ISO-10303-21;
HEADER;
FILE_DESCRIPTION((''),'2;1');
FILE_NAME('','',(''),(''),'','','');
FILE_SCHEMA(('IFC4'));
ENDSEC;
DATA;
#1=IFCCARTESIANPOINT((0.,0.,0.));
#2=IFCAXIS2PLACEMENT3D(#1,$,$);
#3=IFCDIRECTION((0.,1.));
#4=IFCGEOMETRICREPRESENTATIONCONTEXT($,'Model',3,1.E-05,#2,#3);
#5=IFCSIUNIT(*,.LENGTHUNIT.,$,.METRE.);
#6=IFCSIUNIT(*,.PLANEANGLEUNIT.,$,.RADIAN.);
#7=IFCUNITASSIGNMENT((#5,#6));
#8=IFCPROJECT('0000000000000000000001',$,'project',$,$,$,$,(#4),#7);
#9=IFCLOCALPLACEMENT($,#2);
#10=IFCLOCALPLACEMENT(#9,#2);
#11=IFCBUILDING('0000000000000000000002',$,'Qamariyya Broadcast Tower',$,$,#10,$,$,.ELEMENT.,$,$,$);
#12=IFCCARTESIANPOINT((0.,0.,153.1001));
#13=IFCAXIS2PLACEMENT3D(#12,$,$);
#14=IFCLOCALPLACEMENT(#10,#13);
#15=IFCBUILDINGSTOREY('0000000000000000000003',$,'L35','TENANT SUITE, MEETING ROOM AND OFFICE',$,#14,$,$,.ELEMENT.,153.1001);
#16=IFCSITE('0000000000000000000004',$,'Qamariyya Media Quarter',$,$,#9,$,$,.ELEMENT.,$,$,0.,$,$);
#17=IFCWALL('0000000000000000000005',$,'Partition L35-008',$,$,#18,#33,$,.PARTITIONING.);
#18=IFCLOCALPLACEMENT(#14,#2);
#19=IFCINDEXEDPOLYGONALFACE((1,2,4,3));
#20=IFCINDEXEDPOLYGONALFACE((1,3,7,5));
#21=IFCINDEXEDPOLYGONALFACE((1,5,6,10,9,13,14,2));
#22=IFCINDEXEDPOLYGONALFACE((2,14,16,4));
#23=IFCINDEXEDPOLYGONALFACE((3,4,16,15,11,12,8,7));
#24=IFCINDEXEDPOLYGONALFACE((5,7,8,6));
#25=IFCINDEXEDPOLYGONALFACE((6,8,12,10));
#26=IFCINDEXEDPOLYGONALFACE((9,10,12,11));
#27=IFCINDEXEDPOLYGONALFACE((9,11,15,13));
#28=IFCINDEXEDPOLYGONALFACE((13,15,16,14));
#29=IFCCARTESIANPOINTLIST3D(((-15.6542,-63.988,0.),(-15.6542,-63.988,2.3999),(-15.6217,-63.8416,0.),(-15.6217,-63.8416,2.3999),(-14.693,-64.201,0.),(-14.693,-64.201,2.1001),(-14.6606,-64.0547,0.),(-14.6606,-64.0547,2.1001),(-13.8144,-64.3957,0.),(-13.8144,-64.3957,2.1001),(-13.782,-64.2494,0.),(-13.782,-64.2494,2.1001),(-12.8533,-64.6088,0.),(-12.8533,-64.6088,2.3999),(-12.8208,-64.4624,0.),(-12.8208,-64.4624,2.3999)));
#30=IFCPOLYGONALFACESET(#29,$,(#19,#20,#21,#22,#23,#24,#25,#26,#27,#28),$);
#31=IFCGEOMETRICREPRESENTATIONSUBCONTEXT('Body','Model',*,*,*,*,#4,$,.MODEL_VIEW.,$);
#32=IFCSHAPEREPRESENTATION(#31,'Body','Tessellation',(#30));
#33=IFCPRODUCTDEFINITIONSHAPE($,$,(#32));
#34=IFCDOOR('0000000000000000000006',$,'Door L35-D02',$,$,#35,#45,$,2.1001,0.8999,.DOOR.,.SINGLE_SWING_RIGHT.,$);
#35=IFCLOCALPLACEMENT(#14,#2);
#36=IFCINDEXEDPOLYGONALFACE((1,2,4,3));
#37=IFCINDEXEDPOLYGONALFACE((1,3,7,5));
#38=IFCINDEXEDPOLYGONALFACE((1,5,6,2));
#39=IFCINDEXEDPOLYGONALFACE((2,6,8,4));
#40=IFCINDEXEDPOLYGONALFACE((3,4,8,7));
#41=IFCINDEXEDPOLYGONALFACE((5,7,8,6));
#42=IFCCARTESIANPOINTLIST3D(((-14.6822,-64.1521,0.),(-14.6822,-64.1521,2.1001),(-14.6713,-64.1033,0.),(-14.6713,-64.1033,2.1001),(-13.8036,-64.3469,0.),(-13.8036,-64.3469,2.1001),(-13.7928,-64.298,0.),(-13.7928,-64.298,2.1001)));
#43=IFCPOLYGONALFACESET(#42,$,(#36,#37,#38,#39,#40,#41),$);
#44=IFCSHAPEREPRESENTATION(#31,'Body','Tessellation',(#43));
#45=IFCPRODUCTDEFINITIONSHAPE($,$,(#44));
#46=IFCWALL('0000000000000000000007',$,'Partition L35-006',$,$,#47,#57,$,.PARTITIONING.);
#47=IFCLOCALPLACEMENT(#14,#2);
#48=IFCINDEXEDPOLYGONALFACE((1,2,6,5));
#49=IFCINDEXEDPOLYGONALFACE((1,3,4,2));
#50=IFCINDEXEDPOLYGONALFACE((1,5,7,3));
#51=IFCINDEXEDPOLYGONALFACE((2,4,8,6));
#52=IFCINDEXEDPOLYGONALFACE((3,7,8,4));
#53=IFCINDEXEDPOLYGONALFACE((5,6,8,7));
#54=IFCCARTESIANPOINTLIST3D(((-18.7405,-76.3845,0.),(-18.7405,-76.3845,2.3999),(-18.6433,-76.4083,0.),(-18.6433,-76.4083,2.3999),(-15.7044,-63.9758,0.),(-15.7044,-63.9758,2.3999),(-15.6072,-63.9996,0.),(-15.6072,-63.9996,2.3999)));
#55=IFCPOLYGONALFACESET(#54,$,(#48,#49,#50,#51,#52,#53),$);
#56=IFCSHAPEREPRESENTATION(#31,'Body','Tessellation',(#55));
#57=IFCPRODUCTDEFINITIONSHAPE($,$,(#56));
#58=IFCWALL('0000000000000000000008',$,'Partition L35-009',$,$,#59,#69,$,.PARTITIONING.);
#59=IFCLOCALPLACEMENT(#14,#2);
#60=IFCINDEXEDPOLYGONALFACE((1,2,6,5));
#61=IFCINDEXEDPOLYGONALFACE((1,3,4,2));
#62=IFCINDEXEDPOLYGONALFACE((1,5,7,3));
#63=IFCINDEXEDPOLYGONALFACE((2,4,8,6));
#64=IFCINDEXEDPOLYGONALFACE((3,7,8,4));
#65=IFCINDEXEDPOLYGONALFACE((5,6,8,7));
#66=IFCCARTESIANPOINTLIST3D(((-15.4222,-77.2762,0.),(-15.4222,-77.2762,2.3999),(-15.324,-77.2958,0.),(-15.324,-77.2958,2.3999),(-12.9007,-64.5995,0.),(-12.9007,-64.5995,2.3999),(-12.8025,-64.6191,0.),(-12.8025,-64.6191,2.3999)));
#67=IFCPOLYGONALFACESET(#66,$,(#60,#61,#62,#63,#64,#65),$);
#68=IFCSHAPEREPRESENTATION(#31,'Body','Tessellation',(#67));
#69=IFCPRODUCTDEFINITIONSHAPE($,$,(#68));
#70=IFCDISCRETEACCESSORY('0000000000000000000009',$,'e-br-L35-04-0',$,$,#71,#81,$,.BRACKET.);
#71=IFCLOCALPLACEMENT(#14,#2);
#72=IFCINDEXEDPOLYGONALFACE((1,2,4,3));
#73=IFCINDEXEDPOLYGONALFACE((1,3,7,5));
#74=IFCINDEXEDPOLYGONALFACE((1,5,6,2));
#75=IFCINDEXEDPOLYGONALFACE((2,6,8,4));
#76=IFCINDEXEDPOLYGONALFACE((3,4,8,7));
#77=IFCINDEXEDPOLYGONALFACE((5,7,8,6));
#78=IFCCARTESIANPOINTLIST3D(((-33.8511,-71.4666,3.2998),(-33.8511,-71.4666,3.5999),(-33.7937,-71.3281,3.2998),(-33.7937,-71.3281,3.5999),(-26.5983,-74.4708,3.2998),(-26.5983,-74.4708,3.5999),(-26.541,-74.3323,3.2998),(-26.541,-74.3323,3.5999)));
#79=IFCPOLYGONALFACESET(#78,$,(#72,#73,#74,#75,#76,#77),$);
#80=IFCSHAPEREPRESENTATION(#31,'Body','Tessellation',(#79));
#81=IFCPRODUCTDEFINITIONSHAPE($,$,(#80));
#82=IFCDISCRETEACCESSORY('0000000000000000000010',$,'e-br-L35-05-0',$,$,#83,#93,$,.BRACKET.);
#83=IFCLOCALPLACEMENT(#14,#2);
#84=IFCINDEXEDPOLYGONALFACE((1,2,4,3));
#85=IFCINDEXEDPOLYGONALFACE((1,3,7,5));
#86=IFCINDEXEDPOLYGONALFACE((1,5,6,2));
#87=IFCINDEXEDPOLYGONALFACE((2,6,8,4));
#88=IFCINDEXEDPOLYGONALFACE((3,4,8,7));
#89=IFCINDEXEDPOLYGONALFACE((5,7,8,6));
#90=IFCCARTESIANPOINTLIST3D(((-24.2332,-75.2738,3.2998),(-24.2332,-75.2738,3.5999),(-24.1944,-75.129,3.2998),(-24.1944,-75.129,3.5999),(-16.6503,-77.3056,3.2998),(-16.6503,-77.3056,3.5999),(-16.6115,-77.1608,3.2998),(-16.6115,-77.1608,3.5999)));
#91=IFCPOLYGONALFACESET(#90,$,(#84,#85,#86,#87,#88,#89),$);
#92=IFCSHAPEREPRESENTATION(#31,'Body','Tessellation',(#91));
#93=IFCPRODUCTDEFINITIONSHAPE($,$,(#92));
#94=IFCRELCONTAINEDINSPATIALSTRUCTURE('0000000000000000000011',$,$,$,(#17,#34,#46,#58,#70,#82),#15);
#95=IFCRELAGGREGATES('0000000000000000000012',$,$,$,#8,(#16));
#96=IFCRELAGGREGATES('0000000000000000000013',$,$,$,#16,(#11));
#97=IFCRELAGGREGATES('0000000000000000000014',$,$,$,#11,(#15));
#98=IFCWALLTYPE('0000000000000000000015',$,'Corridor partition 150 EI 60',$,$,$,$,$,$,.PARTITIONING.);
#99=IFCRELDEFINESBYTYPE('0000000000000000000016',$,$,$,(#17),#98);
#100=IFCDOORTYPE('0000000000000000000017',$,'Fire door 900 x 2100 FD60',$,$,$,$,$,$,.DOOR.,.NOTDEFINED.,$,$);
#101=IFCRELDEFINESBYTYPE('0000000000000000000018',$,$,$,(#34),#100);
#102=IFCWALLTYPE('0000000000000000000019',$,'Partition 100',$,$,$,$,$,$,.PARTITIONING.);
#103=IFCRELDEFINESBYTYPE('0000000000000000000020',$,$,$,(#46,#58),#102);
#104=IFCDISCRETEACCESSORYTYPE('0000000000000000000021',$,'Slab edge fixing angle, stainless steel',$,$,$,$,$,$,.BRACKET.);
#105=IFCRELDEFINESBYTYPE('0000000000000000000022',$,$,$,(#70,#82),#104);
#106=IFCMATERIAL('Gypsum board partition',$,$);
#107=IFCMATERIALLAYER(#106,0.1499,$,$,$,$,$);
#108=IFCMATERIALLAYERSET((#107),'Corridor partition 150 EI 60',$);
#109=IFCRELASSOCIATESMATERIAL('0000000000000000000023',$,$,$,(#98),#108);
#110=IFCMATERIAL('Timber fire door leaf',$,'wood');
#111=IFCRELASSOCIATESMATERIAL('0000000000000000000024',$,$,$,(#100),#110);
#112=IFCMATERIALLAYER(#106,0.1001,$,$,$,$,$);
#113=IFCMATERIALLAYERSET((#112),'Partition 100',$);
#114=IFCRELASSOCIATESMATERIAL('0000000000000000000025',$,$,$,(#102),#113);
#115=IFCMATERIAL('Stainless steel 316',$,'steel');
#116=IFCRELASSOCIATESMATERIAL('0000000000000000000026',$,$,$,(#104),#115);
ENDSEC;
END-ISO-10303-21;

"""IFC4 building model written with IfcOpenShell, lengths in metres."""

from ifc_helpers import new_model, si_unit, direction, frame, frame_2d, origin, origin_2d, place, context, subcontext, project, spatial, rectangle, extrude, material, layer, layer_set, type_object, element, fill, save


model = new_model("IFC4")

# Units and contexts
model_context = context("Model", 3, precision=1e-05, world=origin(), true_north=direction((0.0, 1.0)))
body_context = subcontext(model_context, "Body", "Model", "MODEL_VIEW")
ifc_project = project(units=[si_unit("LENGTHUNIT", "METRE"), si_unit("PLANEANGLEUNIT", "RADIAN")], contexts=[model_context])

# Site, building, storey
site_placement = place(None, origin())
site = spatial("IfcSite", under=ifc_project, at=site_placement, Name="Qamariyya Media Quarter", CompositionType="ELEMENT", RefElevation=0.0)
building_placement = place(site_placement, origin())
building = spatial("IfcBuilding", under=site, at=building_placement, Name="Qamariyya Broadcast Tower", CompositionType="ELEMENT")
storey_placement = place(building_placement, frame((0.0, 0.0, 153.1001)))
storey = spatial("IfcBuildingStorey", under=building, at=storey_placement, Name="L35", Description="TENANT SUITE, MEETING ROOM AND OFFICE", CompositionType="ELEMENT", Elevation=153.1001)

# Shared definitions
ifc_material_1 = material(Name="Gypsum board partition")
ifc_layer_1 = layer(ifc_material_1, 0.1499)
ifc_layer_set_1 = layer_set([ifc_layer_1], Name="Corridor partition 150 EI 60")
wall_type_1 = type_object("IfcWallType", Name="Corridor partition 150 EI 60", PredefinedType="PARTITIONING", material=ifc_layer_set_1)
ifc_material_2 = material(Name="Timber fire door leaf", Category="wood")

# Wall, opening, door
wall_1_placement = place(storey_placement, frame((-12.8369, -64.5356, 0.0), z_axis=(0.0, 0.0, 1.0), x_axis=(-0.976305, 0.216399, 0.0)))
wall_1 = element("IfcWall", 1, at=wall_1_placement, inside=storey, type_object=wall_type_1, Name="Partition L35-008", PredefinedType="PARTITIONING", context=body_context, shape_type="SweptSolid", body=[
    extrude(rectangle(XDim=2.8689, YDim=0.1499, at=frame_2d((1.4346, 0.0))), origin(), (0.0, 0.0, 1.0), 2.3999),
])
opening_1_placement = place(wall_1_placement, frame((0.9846, 0.0, 0.0)))
opening_1 = element("IfcOpeningElement", 2, at=opening_1_placement, cuts=wall_1, PredefinedType="OPENING", context=body_context, shape_type="SweptSolid", body=[
    extrude(rectangle(XDim=0.8999, YDim=2.1001, at=frame_2d((0.45, 1.05))), frame((0.0, 0.085, 0.0), z_axis=(0.0, -1.0, 0.0), x_axis=(1.0, 0.0, 0.0)), (0.0, 0.0, 1.0), 0.1699),
])
door_type_1 = type_object("IfcDoorType", Name="Fire door 900 x 2100 FD60", OperationType="NOTDEFINED", PredefinedType="DOOR", material=ifc_material_2)
door_1_placement = place(opening_1_placement, origin())
door_1 = element("IfcDoor", 3, at=door_1_placement, inside=storey, type_object=door_type_1, Name="Door L35-D02", OperationType="SINGLE_SWING_RIGHT", OverallHeight=2.1001, OverallWidth=0.8999, PredefinedType="DOOR", context=body_context, shape_type="SweptSolid", body=[
    extrude(rectangle(XDim=0.8999, YDim=2.1001, at=frame_2d((0.45, 1.05))), frame((0.0, 0.0249, 0.0), z_axis=(0.0, -1.0, 0.0), x_axis=(1.0, 0.0, 0.0)), (0.0, 0.0, 1.0), 0.05),
])
fill(opening_1, door_1)

# Walls
ifc_layer_2 = layer(ifc_material_1, 0.1001)
ifc_layer_set_2 = layer_set([ifc_layer_2], Name="Partition 100")
wall_type_2 = type_object("IfcWallType", Name="Partition 100", PredefinedType="PARTITIONING", material=ifc_layer_set_2)
wall_2_placement = place(storey_placement, frame((-18.6919, -76.3962, 0.0), z_axis=(0.0, 0.0, 1.0), x_axis=(0.237667, 0.971347, 0.0)))
element("IfcWall", 4, at=wall_2_placement, inside=storey, type_object=wall_type_2, Name="Partition L35-006", PredefinedType="PARTITIONING", context=body_context, shape_type="SweptSolid", body=[
    extrude(rectangle(XDim=12.7747, YDim=0.1001, at=frame_2d((6.3872, 0.0))), origin(), (0.0, 0.0, 1.0), 2.3999),
])
wall_3_placement = place(storey_placement, frame((-15.373, -77.2859, 0.0), z_axis=(0.0, 0.0, 1.0), x_axis=(0.195084, 0.980786, 0.0)))
element("IfcWall", 5, at=wall_3_placement, inside=storey, type_object=wall_type_2, Name="Partition L35-009", PredefinedType="PARTITIONING", context=body_context, shape_type="SweptSolid", body=[
    extrude(rectangle(XDim=12.925, YDim=0.1001, at=frame_2d((6.4624, 0.0))), origin(), (0.0, 0.0, 1.0), 2.3999),
])

# Discrete accessories
ifc_material_3 = material(Name="Stainless steel 316", Category="steel")
discrete_accessory_type = type_object("IfcDiscreteAccessoryType", Name="Slab edge fixing angle, stainless steel", PredefinedType="BRACKET", material=ifc_material_3)
for number, where, z_axis, x_axis, name in (
    (6, (-30.196, -72.8994, 3.2998), (0.0, 0.0, 1.0), (0.92388, -0.382683, 0.0), "e-br-L35-04-0"),
    (7, (-20.4224, -76.2173, 3.2998), (0.0, 0.0, 1.0), (0.965926, -0.258819, 0.0), "e-br-L35-05-0"),
):
    element("IfcDiscreteAccessory", number, at=place(storey_placement, frame(where, z_axis=z_axis, x_axis=x_axis)), inside=storey, type_object=discrete_accessory_type, Name=name, PredefinedType="BRACKET", context=body_context, shape_type="SweptSolid", body=[
        extrude(rectangle(XDim=7.8503, YDim=0.1499, at=origin_2d()), origin(), (0.0, 0.0, 1.0), 0.3),
    ])

save(model, "model.ifc")
